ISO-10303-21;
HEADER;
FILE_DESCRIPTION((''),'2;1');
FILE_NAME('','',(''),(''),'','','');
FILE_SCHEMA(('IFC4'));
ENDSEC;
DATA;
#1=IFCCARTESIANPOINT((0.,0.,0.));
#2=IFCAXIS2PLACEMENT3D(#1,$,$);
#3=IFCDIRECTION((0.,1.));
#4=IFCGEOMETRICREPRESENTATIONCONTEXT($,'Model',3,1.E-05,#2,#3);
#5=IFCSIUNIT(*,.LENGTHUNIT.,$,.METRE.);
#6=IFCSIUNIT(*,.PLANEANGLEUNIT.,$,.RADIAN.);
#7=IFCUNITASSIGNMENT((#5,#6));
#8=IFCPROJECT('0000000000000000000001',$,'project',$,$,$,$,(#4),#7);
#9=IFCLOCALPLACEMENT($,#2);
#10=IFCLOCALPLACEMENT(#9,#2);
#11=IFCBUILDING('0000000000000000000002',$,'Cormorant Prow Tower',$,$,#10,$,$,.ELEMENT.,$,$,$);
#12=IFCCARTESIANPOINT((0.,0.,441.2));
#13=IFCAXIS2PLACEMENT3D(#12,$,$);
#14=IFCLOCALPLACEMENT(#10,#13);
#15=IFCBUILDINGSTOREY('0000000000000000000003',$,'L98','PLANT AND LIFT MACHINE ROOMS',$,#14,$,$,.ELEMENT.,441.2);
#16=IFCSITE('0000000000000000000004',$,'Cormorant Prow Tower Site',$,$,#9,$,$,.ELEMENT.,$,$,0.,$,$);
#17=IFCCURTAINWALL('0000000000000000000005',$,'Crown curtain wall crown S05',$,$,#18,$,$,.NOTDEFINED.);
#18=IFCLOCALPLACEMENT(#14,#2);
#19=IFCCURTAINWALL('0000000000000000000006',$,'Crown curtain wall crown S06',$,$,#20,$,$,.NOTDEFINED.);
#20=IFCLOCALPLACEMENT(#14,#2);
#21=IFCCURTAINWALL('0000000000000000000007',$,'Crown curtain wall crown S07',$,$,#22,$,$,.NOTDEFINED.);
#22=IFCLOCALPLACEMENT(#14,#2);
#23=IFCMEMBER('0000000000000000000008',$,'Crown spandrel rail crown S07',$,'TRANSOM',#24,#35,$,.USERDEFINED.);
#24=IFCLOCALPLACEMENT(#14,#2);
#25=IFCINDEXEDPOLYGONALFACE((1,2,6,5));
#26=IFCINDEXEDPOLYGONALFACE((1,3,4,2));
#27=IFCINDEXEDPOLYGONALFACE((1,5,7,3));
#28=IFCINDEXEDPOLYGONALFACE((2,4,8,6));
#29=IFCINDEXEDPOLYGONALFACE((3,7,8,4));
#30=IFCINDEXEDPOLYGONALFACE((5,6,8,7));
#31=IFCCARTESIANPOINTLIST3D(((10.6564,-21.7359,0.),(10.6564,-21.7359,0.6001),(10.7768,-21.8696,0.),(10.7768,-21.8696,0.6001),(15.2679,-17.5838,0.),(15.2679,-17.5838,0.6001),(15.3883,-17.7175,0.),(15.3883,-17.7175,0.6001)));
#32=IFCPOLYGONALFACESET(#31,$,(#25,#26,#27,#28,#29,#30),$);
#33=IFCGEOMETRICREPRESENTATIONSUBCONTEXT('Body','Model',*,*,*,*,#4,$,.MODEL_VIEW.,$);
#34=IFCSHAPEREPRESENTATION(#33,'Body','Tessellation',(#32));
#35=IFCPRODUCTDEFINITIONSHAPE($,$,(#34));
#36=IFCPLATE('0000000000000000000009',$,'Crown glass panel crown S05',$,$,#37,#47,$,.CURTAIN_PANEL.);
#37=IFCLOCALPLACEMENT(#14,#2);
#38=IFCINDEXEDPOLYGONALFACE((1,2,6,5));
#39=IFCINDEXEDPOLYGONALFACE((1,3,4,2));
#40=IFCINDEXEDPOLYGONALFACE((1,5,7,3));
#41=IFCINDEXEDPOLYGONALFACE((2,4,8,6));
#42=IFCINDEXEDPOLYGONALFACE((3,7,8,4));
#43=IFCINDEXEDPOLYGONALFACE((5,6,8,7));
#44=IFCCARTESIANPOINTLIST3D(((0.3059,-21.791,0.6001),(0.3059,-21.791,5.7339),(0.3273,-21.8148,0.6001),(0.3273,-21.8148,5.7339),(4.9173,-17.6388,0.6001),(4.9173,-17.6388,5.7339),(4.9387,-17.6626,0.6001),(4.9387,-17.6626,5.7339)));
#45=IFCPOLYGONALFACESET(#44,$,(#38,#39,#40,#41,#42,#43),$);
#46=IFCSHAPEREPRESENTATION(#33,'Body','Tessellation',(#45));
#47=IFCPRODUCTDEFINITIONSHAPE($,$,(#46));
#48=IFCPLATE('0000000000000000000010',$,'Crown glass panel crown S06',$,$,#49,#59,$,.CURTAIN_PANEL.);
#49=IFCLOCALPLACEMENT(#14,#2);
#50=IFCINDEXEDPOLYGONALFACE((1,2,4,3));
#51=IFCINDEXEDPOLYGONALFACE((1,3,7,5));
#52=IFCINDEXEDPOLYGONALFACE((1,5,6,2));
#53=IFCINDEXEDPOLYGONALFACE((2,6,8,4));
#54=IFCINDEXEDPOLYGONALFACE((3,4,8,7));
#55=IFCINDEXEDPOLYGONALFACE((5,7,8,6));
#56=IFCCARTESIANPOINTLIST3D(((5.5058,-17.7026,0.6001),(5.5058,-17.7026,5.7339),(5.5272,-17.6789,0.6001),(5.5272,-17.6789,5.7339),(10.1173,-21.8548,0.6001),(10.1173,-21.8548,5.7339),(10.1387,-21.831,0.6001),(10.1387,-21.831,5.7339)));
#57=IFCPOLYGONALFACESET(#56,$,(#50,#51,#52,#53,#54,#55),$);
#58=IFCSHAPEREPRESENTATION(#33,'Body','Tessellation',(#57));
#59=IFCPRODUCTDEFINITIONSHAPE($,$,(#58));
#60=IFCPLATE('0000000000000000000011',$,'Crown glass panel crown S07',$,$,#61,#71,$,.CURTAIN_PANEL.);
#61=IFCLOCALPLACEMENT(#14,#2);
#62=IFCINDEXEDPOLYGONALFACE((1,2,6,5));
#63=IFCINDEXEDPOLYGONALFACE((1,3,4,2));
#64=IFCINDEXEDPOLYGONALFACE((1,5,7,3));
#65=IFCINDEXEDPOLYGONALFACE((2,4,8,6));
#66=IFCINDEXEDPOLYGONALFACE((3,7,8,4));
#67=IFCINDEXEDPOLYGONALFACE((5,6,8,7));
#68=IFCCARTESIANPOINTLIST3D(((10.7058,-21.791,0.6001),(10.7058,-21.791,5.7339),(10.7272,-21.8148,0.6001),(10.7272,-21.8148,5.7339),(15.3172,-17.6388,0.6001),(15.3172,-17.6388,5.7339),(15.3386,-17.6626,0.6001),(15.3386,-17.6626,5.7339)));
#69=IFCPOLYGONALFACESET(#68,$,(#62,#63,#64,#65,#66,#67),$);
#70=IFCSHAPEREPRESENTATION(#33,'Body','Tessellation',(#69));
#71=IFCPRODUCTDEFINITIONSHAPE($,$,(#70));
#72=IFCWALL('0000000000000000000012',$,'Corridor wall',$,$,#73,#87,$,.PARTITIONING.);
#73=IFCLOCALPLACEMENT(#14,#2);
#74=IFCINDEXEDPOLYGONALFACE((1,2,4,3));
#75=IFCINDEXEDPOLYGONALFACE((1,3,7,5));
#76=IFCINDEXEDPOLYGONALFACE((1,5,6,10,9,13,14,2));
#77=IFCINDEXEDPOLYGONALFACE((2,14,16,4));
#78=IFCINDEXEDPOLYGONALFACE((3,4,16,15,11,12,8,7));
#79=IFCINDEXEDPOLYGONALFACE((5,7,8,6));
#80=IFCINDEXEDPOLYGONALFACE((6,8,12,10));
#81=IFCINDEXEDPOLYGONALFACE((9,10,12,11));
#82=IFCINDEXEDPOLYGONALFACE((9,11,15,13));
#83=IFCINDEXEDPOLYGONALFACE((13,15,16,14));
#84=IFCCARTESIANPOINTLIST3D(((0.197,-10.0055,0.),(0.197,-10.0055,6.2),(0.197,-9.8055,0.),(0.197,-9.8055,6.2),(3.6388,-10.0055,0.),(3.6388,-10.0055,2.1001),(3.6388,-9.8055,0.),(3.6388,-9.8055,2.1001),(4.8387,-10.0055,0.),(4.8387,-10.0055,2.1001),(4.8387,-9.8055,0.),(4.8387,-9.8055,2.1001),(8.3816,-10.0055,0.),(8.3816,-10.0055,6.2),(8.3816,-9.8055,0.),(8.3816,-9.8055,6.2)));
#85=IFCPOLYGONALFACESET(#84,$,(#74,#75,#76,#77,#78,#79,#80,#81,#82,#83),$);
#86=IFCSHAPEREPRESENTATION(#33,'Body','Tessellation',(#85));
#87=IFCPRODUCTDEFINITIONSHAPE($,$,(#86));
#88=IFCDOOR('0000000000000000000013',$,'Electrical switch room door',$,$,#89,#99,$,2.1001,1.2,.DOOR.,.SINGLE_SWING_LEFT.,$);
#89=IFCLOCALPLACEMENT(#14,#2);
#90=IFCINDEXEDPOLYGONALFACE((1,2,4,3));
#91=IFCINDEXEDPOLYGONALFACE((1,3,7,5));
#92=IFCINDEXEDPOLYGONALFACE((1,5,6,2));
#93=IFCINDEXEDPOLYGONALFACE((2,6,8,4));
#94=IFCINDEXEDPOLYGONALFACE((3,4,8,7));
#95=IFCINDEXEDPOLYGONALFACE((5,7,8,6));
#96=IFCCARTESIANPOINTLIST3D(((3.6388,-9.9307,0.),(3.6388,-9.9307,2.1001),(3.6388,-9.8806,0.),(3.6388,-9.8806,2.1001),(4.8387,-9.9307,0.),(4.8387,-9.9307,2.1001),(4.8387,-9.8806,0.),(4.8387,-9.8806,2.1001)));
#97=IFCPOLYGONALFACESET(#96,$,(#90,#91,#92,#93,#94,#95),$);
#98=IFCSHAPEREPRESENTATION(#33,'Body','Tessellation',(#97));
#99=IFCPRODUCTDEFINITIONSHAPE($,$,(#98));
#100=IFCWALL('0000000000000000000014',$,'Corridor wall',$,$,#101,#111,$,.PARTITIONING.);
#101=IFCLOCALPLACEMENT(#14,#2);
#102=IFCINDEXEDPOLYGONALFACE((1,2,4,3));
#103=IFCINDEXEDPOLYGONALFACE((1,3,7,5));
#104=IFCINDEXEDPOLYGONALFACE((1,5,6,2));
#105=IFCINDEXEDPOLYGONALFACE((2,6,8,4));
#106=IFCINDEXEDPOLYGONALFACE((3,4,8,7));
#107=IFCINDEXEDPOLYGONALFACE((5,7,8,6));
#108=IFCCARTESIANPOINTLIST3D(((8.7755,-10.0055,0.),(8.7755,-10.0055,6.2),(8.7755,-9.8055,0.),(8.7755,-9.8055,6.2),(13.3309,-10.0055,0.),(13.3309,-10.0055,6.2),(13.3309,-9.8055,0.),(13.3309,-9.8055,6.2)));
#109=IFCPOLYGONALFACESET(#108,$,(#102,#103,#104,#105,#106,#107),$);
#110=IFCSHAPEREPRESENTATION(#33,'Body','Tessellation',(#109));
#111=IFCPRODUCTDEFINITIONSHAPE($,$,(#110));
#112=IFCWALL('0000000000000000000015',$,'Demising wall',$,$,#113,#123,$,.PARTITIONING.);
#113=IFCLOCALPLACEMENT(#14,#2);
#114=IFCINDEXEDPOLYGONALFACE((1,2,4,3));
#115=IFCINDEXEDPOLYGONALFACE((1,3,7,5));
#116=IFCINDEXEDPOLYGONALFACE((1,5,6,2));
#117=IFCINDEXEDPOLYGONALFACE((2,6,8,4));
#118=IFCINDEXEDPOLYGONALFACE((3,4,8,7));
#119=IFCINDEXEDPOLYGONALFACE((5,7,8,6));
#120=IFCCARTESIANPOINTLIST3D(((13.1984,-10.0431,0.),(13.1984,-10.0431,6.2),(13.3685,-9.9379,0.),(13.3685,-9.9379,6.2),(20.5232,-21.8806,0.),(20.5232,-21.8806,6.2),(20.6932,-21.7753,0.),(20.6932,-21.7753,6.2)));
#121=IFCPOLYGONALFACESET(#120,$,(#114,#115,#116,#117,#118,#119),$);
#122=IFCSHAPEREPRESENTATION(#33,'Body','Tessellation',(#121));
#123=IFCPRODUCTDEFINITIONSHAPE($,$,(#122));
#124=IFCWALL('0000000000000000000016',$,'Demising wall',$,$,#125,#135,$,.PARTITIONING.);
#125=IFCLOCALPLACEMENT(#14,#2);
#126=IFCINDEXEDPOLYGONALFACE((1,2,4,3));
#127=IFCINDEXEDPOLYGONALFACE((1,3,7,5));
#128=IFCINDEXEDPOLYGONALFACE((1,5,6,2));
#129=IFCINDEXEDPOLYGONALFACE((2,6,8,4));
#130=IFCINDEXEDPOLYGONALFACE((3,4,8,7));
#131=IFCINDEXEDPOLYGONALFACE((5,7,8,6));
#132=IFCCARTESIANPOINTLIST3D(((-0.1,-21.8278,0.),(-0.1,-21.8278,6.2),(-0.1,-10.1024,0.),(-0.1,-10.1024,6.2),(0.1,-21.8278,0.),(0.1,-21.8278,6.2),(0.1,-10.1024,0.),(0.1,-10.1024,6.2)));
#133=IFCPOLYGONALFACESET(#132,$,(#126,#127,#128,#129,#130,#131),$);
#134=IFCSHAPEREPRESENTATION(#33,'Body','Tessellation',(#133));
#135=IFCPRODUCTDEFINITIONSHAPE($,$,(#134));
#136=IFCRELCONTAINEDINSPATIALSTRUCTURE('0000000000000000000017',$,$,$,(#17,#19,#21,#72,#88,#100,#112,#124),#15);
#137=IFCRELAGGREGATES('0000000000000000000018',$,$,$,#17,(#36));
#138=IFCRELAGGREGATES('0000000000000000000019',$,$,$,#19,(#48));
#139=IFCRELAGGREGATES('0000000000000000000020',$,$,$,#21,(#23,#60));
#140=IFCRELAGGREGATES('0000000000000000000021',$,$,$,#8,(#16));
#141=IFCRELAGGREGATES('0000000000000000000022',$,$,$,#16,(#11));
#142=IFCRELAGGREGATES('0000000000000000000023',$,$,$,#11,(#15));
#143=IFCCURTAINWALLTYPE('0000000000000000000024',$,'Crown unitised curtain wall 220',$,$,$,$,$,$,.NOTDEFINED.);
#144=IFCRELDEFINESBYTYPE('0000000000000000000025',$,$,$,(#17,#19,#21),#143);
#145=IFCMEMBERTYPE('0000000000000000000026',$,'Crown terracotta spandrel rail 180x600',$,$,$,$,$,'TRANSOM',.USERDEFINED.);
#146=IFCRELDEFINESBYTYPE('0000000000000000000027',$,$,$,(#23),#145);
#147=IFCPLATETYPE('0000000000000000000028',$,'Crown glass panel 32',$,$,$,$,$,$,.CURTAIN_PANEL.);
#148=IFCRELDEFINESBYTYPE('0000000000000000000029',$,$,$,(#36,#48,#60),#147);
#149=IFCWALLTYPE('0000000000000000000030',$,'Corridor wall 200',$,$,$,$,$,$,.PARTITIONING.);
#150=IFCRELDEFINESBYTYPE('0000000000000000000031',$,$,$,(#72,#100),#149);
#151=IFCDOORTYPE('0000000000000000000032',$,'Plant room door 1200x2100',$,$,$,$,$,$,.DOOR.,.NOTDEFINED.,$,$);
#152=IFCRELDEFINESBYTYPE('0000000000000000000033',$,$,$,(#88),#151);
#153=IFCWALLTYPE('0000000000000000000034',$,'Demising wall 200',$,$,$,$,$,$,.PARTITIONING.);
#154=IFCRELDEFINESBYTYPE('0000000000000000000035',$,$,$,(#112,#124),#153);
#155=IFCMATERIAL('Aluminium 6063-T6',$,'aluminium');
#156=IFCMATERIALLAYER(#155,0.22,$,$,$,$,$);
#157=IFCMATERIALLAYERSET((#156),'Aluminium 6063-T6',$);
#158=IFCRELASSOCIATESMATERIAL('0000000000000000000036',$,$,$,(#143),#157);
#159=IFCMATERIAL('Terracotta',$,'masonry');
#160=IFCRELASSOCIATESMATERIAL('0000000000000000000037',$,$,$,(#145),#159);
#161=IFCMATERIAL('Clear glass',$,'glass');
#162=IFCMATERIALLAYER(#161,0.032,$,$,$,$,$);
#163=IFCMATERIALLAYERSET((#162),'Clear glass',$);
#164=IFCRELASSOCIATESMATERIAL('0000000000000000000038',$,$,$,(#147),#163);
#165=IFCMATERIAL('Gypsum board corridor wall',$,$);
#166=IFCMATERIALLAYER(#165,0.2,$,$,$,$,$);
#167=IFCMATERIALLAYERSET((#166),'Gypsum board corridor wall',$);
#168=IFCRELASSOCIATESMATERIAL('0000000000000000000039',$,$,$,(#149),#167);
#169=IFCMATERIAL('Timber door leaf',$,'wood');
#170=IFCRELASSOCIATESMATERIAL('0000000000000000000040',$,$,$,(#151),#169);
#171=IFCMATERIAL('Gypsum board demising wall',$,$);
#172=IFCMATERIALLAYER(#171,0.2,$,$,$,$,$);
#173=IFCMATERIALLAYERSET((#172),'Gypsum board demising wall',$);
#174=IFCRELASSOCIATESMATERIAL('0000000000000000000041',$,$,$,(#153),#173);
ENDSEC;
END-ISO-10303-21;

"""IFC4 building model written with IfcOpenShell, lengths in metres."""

from ifc_helpers import new_model, si_unit, direction, frame, frame_2d, origin, origin_2d, place, context, subcontext, project, spatial, rectangle, extrude, material, layer, layer_set, material_profile, profile_set, type_object, element, fill, aggregate, save


model = new_model("IFC4")

# Units and contexts
model_context = context("Model", 3, precision=1e-05, world=origin(), true_north=direction((0.0, 1.0)))
body_context = subcontext(model_context, "Body", "Model", "MODEL_VIEW")
ifc_project = project(units=[si_unit("LENGTHUNIT", "METRE"), si_unit("PLANEANGLEUNIT", "RADIAN")], contexts=[model_context])

# Site, building, storey
site_placement = place(None, origin())
site = spatial("IfcSite", under=ifc_project, at=site_placement, Name="Cormorant Prow Tower Site", CompositionType="ELEMENT", RefElevation=0.0)
building_placement = place(site_placement, origin())
building = spatial("IfcBuilding", under=site, at=building_placement, Name="Cormorant Prow Tower", CompositionType="ELEMENT")
storey_placement = place(building_placement, frame((0.0, 0.0, 441.2)))
storey = spatial("IfcBuildingStorey", under=building, at=storey_placement, Name="L98", Description="PLANT AND LIFT MACHINE ROOMS", CompositionType="ELEMENT", Elevation=441.2)

# Curtain walls
ifc_material_1 = material(Name="Aluminium 6063-T6", Category="aluminium")
ifc_layer_1 = layer(ifc_material_1, 0.22)
ifc_layer_set_1 = layer_set([ifc_layer_1], Name="Aluminium 6063-T6")
curtain_wall_type = type_object("IfcCurtainWallType", Name="Crown unitised curtain wall 220", PredefinedType="NOTDEFINED", material=ifc_layer_set_1)
curtain_wall_1_placement = place(storey_placement, origin())
curtain_wall_1 = element("IfcCurtainWall", 1, at=curtain_wall_1_placement, inside=storey, type_object=curtain_wall_type, Name="Crown curtain wall crown S05", PredefinedType="NOTDEFINED")
curtain_wall_2_placement = place(storey_placement, origin())
curtain_wall_2 = element("IfcCurtainWall", 2, at=curtain_wall_2_placement, inside=storey, type_object=curtain_wall_type, Name="Crown curtain wall crown S06", PredefinedType="NOTDEFINED")
curtain_wall_3_placement = place(storey_placement, origin())
curtain_wall_3 = element("IfcCurtainWall", 3, at=curtain_wall_3_placement, inside=storey, type_object=curtain_wall_type, Name="Crown curtain wall crown S07", PredefinedType="NOTDEFINED")

# Member
ifc_material_2 = material(Name="Terracotta", Category="masonry")
ifc_material_profile_1 = material_profile(ifc_material_2, rectangle(XDim=0.1799, YDim=0.6001, at=origin_2d()), Name="Crown terracotta spandrel rail 180x600")
ifc_profile_set_1 = profile_set([ifc_material_profile_1], Name="Terracotta")
member_type_1 = type_object("IfcMemberType", Name="Crown terracotta spandrel rail 180x600", ElementType="TRANSOM", PredefinedType="USERDEFINED", material=ifc_profile_set_1)
member_1_placement = place(storey_placement, frame((10.7166, -21.8027, 0.3), z_axis=(0.743159, 0.669115, 0.0), x_axis=(-0.669115, 0.743159, 0.0)))
member_1 = element("IfcMember", 4, at=member_1_placement, type_object=member_type_1, Name="Crown spandrel rail crown S07", ObjectType="TRANSOM", PredefinedType="USERDEFINED", context=body_context, shape_type="SweptSolid", body=[
    extrude(rectangle(XDim=0.1799, YDim=0.6001, at=origin_2d()), origin(), (0.0, 0.0, 1.0), 6.2053),
])

# Plates
ifc_material_3 = material(Name="Clear glass", Category="glass")
ifc_layer_2 = layer(ifc_material_3, 0.032)
ifc_layer_set_2 = layer_set([ifc_layer_2], Name="Clear glass")
plate_type = type_object("IfcPlateType", Name="Crown glass panel 32", PredefinedType="CURTAIN_PANEL", material=ifc_layer_set_2)
plate_1_placement = place(storey_placement, frame((2.6223, -19.7268, 0.6001), z_axis=(0.0, 0.0, 1.0), x_axis=(0.743145, 0.669131, 0.0)))
plate_1 = element("IfcPlate", 5, at=plate_1_placement, type_object=plate_type, Name="Crown glass panel crown S05", PredefinedType="CURTAIN_PANEL", context=body_context, shape_type="SweptSolid", body=[
    extrude(rectangle(XDim=6.2053, YDim=0.032, at=origin_2d()), origin(), (0.0, 0.0, 1.0), 5.1338),
])
aggregate(curtain_wall_1, [plate_1])
plate_2_placement = place(storey_placement, frame((7.8223, -19.7668, 0.6001), z_axis=(0.0, 0.0, 1.0), x_axis=(0.743145, -0.669131, 0.0)))
plate_2 = element("IfcPlate", 6, at=plate_2_placement, type_object=plate_type, Name="Crown glass panel crown S06", PredefinedType="CURTAIN_PANEL", context=body_context, shape_type="SweptSolid", body=[
    extrude(rectangle(XDim=6.2053, YDim=0.032, at=origin_2d()), origin(), (0.0, 0.0, 1.0), 5.1338),
])
aggregate(curtain_wall_2, [plate_2])
plate_3_placement = place(storey_placement, frame((13.0222, -19.7268, 0.6001), z_axis=(0.0, 0.0, 1.0), x_axis=(0.743145, 0.669131, 0.0)))
plate_3 = element("IfcPlate", 7, at=plate_3_placement, type_object=plate_type, Name="Crown glass panel crown S07", PredefinedType="CURTAIN_PANEL", context=body_context, shape_type="SweptSolid", body=[
    extrude(rectangle(XDim=6.2053, YDim=0.032, at=origin_2d()), origin(), (0.0, 0.0, 1.0), 5.1338),
])
aggregate(curtain_wall_3, [member_1, plate_3])

# Wall, opening, door
ifc_material_4 = material(Name="Gypsum board corridor wall")
ifc_layer_3 = layer(ifc_material_4, 0.2)
ifc_layer_set_3 = layer_set([ifc_layer_3], Name="Gypsum board corridor wall")
wall_type_1 = type_object("IfcWallType", Name="Corridor wall 200", PredefinedType="PARTITIONING", material=ifc_layer_set_3)
wall_1_placement = place(storey_placement, frame((0.197, -9.9055, 0.0), z_axis=(0.0, 0.0, 1.0), x_axis=(1.0, 0.0, 0.0)))
wall_1 = element("IfcWall", 8, at=wall_1_placement, inside=storey, type_object=wall_type_1, Name="Corridor wall", PredefinedType="PARTITIONING", context=body_context, shape_type="SweptSolid", body=[
    extrude(rectangle(XDim=8.1846, YDim=0.2, at=frame_2d((4.0923, 0.0))), origin(), (0.0, 0.0, 1.0), 6.2),
])
opening_placement = place(wall_1_placement, frame((3.4417, 0.0, 0.0)))
opening = element("IfcOpeningElement", 9, at=opening_placement, cuts=wall_1, PredefinedType="OPENING", context=body_context, shape_type="SweptSolid", body=[
    extrude(rectangle(XDim=1.2, YDim=2.1001, at=frame_2d((0.6001, 1.05))), frame((0.0, 0.1099, 0.0), z_axis=(0.0, -1.0, 0.0), x_axis=(1.0, 0.0, 0.0)), (0.0, 0.0, 1.0), 0.22),
])
ifc_material_5 = material(Name="Timber door leaf", Category="wood")
door_type = type_object("IfcDoorType", Name="Plant room door 1200x2100", OperationType="NOTDEFINED", PredefinedType="DOOR", material=ifc_material_5)
door_placement = place(opening_placement, origin())
door = element("IfcDoor", 10, at=door_placement, inside=storey, type_object=door_type, Name="Electrical switch room door", OperationType="SINGLE_SWING_LEFT", OverallHeight=2.1001, OverallWidth=1.2, PredefinedType="DOOR", context=body_context, shape_type="SweptSolid", body=[
    extrude(rectangle(XDim=1.2, YDim=2.1001, at=frame_2d((0.6001, 1.05))), frame((0.0, 0.0249, 0.0), z_axis=(0.0, -1.0, 0.0), x_axis=(1.0, 0.0, 0.0)), (0.0, 0.0, 1.0), 0.05),
])
fill(opening, door)

# Walls
wall_2_placement = place(storey_placement, frame((8.7754, -9.9055, 0.0), z_axis=(0.0, 0.0, 1.0), x_axis=(1.0, 0.0, 0.0)))
element("IfcWall", 11, at=wall_2_placement, inside=storey, type_object=wall_type_1, Name="Corridor wall", PredefinedType="PARTITIONING", context=body_context, shape_type="SweptSolid", body=[
    extrude(rectangle(XDim=4.5554, YDim=0.2, at=frame_2d((2.2778, 0.0))), origin(), (0.0, 0.0, 1.0), 6.2),
])
ifc_material_6 = material(Name="Gypsum board demising wall")
ifc_layer_4 = layer(ifc_material_6, 0.2)
ifc_layer_set_4 = layer_set([ifc_layer_4], Name="Gypsum board demising wall")
wall_type_2 = type_object("IfcWallType", Name="Demising wall 200", PredefinedType="PARTITIONING", material=ifc_layer_set_4)
wall_3_placement = place(storey_placement, frame((13.2834, -9.9905, 0.0), z_axis=(0.0, 0.0, 1.0), x_axis=(0.526188, -0.850368, 0.0)))
element("IfcWall", 12, at=wall_3_placement, inside=storey, type_object=wall_type_2, Name="Demising wall", PredefinedType="PARTITIONING", context=body_context, shape_type="SweptSolid", body=[
    extrude(rectangle(XDim=13.9204, YDim=0.2, at=frame_2d((6.9602, 0.0))), origin(), (0.0, 0.0, 1.0), 6.2),
])
wall_4_placement = place(storey_placement, frame((0.0, -21.8279, 0.0), z_axis=(0.0, 0.0, 1.0), x_axis=(0.0, 1.0, 0.0)))
element("IfcWall", 13, at=wall_4_placement, inside=storey, type_object=wall_type_2, Name="Demising wall", PredefinedType="PARTITIONING", context=body_context, shape_type="SweptSolid", body=[
    extrude(rectangle(XDim=11.7253, YDim=0.2, at=frame_2d((5.8628, 0.0))), origin(), (0.0, 0.0, 1.0), 6.2),
])

save(model, "model.ifc")
